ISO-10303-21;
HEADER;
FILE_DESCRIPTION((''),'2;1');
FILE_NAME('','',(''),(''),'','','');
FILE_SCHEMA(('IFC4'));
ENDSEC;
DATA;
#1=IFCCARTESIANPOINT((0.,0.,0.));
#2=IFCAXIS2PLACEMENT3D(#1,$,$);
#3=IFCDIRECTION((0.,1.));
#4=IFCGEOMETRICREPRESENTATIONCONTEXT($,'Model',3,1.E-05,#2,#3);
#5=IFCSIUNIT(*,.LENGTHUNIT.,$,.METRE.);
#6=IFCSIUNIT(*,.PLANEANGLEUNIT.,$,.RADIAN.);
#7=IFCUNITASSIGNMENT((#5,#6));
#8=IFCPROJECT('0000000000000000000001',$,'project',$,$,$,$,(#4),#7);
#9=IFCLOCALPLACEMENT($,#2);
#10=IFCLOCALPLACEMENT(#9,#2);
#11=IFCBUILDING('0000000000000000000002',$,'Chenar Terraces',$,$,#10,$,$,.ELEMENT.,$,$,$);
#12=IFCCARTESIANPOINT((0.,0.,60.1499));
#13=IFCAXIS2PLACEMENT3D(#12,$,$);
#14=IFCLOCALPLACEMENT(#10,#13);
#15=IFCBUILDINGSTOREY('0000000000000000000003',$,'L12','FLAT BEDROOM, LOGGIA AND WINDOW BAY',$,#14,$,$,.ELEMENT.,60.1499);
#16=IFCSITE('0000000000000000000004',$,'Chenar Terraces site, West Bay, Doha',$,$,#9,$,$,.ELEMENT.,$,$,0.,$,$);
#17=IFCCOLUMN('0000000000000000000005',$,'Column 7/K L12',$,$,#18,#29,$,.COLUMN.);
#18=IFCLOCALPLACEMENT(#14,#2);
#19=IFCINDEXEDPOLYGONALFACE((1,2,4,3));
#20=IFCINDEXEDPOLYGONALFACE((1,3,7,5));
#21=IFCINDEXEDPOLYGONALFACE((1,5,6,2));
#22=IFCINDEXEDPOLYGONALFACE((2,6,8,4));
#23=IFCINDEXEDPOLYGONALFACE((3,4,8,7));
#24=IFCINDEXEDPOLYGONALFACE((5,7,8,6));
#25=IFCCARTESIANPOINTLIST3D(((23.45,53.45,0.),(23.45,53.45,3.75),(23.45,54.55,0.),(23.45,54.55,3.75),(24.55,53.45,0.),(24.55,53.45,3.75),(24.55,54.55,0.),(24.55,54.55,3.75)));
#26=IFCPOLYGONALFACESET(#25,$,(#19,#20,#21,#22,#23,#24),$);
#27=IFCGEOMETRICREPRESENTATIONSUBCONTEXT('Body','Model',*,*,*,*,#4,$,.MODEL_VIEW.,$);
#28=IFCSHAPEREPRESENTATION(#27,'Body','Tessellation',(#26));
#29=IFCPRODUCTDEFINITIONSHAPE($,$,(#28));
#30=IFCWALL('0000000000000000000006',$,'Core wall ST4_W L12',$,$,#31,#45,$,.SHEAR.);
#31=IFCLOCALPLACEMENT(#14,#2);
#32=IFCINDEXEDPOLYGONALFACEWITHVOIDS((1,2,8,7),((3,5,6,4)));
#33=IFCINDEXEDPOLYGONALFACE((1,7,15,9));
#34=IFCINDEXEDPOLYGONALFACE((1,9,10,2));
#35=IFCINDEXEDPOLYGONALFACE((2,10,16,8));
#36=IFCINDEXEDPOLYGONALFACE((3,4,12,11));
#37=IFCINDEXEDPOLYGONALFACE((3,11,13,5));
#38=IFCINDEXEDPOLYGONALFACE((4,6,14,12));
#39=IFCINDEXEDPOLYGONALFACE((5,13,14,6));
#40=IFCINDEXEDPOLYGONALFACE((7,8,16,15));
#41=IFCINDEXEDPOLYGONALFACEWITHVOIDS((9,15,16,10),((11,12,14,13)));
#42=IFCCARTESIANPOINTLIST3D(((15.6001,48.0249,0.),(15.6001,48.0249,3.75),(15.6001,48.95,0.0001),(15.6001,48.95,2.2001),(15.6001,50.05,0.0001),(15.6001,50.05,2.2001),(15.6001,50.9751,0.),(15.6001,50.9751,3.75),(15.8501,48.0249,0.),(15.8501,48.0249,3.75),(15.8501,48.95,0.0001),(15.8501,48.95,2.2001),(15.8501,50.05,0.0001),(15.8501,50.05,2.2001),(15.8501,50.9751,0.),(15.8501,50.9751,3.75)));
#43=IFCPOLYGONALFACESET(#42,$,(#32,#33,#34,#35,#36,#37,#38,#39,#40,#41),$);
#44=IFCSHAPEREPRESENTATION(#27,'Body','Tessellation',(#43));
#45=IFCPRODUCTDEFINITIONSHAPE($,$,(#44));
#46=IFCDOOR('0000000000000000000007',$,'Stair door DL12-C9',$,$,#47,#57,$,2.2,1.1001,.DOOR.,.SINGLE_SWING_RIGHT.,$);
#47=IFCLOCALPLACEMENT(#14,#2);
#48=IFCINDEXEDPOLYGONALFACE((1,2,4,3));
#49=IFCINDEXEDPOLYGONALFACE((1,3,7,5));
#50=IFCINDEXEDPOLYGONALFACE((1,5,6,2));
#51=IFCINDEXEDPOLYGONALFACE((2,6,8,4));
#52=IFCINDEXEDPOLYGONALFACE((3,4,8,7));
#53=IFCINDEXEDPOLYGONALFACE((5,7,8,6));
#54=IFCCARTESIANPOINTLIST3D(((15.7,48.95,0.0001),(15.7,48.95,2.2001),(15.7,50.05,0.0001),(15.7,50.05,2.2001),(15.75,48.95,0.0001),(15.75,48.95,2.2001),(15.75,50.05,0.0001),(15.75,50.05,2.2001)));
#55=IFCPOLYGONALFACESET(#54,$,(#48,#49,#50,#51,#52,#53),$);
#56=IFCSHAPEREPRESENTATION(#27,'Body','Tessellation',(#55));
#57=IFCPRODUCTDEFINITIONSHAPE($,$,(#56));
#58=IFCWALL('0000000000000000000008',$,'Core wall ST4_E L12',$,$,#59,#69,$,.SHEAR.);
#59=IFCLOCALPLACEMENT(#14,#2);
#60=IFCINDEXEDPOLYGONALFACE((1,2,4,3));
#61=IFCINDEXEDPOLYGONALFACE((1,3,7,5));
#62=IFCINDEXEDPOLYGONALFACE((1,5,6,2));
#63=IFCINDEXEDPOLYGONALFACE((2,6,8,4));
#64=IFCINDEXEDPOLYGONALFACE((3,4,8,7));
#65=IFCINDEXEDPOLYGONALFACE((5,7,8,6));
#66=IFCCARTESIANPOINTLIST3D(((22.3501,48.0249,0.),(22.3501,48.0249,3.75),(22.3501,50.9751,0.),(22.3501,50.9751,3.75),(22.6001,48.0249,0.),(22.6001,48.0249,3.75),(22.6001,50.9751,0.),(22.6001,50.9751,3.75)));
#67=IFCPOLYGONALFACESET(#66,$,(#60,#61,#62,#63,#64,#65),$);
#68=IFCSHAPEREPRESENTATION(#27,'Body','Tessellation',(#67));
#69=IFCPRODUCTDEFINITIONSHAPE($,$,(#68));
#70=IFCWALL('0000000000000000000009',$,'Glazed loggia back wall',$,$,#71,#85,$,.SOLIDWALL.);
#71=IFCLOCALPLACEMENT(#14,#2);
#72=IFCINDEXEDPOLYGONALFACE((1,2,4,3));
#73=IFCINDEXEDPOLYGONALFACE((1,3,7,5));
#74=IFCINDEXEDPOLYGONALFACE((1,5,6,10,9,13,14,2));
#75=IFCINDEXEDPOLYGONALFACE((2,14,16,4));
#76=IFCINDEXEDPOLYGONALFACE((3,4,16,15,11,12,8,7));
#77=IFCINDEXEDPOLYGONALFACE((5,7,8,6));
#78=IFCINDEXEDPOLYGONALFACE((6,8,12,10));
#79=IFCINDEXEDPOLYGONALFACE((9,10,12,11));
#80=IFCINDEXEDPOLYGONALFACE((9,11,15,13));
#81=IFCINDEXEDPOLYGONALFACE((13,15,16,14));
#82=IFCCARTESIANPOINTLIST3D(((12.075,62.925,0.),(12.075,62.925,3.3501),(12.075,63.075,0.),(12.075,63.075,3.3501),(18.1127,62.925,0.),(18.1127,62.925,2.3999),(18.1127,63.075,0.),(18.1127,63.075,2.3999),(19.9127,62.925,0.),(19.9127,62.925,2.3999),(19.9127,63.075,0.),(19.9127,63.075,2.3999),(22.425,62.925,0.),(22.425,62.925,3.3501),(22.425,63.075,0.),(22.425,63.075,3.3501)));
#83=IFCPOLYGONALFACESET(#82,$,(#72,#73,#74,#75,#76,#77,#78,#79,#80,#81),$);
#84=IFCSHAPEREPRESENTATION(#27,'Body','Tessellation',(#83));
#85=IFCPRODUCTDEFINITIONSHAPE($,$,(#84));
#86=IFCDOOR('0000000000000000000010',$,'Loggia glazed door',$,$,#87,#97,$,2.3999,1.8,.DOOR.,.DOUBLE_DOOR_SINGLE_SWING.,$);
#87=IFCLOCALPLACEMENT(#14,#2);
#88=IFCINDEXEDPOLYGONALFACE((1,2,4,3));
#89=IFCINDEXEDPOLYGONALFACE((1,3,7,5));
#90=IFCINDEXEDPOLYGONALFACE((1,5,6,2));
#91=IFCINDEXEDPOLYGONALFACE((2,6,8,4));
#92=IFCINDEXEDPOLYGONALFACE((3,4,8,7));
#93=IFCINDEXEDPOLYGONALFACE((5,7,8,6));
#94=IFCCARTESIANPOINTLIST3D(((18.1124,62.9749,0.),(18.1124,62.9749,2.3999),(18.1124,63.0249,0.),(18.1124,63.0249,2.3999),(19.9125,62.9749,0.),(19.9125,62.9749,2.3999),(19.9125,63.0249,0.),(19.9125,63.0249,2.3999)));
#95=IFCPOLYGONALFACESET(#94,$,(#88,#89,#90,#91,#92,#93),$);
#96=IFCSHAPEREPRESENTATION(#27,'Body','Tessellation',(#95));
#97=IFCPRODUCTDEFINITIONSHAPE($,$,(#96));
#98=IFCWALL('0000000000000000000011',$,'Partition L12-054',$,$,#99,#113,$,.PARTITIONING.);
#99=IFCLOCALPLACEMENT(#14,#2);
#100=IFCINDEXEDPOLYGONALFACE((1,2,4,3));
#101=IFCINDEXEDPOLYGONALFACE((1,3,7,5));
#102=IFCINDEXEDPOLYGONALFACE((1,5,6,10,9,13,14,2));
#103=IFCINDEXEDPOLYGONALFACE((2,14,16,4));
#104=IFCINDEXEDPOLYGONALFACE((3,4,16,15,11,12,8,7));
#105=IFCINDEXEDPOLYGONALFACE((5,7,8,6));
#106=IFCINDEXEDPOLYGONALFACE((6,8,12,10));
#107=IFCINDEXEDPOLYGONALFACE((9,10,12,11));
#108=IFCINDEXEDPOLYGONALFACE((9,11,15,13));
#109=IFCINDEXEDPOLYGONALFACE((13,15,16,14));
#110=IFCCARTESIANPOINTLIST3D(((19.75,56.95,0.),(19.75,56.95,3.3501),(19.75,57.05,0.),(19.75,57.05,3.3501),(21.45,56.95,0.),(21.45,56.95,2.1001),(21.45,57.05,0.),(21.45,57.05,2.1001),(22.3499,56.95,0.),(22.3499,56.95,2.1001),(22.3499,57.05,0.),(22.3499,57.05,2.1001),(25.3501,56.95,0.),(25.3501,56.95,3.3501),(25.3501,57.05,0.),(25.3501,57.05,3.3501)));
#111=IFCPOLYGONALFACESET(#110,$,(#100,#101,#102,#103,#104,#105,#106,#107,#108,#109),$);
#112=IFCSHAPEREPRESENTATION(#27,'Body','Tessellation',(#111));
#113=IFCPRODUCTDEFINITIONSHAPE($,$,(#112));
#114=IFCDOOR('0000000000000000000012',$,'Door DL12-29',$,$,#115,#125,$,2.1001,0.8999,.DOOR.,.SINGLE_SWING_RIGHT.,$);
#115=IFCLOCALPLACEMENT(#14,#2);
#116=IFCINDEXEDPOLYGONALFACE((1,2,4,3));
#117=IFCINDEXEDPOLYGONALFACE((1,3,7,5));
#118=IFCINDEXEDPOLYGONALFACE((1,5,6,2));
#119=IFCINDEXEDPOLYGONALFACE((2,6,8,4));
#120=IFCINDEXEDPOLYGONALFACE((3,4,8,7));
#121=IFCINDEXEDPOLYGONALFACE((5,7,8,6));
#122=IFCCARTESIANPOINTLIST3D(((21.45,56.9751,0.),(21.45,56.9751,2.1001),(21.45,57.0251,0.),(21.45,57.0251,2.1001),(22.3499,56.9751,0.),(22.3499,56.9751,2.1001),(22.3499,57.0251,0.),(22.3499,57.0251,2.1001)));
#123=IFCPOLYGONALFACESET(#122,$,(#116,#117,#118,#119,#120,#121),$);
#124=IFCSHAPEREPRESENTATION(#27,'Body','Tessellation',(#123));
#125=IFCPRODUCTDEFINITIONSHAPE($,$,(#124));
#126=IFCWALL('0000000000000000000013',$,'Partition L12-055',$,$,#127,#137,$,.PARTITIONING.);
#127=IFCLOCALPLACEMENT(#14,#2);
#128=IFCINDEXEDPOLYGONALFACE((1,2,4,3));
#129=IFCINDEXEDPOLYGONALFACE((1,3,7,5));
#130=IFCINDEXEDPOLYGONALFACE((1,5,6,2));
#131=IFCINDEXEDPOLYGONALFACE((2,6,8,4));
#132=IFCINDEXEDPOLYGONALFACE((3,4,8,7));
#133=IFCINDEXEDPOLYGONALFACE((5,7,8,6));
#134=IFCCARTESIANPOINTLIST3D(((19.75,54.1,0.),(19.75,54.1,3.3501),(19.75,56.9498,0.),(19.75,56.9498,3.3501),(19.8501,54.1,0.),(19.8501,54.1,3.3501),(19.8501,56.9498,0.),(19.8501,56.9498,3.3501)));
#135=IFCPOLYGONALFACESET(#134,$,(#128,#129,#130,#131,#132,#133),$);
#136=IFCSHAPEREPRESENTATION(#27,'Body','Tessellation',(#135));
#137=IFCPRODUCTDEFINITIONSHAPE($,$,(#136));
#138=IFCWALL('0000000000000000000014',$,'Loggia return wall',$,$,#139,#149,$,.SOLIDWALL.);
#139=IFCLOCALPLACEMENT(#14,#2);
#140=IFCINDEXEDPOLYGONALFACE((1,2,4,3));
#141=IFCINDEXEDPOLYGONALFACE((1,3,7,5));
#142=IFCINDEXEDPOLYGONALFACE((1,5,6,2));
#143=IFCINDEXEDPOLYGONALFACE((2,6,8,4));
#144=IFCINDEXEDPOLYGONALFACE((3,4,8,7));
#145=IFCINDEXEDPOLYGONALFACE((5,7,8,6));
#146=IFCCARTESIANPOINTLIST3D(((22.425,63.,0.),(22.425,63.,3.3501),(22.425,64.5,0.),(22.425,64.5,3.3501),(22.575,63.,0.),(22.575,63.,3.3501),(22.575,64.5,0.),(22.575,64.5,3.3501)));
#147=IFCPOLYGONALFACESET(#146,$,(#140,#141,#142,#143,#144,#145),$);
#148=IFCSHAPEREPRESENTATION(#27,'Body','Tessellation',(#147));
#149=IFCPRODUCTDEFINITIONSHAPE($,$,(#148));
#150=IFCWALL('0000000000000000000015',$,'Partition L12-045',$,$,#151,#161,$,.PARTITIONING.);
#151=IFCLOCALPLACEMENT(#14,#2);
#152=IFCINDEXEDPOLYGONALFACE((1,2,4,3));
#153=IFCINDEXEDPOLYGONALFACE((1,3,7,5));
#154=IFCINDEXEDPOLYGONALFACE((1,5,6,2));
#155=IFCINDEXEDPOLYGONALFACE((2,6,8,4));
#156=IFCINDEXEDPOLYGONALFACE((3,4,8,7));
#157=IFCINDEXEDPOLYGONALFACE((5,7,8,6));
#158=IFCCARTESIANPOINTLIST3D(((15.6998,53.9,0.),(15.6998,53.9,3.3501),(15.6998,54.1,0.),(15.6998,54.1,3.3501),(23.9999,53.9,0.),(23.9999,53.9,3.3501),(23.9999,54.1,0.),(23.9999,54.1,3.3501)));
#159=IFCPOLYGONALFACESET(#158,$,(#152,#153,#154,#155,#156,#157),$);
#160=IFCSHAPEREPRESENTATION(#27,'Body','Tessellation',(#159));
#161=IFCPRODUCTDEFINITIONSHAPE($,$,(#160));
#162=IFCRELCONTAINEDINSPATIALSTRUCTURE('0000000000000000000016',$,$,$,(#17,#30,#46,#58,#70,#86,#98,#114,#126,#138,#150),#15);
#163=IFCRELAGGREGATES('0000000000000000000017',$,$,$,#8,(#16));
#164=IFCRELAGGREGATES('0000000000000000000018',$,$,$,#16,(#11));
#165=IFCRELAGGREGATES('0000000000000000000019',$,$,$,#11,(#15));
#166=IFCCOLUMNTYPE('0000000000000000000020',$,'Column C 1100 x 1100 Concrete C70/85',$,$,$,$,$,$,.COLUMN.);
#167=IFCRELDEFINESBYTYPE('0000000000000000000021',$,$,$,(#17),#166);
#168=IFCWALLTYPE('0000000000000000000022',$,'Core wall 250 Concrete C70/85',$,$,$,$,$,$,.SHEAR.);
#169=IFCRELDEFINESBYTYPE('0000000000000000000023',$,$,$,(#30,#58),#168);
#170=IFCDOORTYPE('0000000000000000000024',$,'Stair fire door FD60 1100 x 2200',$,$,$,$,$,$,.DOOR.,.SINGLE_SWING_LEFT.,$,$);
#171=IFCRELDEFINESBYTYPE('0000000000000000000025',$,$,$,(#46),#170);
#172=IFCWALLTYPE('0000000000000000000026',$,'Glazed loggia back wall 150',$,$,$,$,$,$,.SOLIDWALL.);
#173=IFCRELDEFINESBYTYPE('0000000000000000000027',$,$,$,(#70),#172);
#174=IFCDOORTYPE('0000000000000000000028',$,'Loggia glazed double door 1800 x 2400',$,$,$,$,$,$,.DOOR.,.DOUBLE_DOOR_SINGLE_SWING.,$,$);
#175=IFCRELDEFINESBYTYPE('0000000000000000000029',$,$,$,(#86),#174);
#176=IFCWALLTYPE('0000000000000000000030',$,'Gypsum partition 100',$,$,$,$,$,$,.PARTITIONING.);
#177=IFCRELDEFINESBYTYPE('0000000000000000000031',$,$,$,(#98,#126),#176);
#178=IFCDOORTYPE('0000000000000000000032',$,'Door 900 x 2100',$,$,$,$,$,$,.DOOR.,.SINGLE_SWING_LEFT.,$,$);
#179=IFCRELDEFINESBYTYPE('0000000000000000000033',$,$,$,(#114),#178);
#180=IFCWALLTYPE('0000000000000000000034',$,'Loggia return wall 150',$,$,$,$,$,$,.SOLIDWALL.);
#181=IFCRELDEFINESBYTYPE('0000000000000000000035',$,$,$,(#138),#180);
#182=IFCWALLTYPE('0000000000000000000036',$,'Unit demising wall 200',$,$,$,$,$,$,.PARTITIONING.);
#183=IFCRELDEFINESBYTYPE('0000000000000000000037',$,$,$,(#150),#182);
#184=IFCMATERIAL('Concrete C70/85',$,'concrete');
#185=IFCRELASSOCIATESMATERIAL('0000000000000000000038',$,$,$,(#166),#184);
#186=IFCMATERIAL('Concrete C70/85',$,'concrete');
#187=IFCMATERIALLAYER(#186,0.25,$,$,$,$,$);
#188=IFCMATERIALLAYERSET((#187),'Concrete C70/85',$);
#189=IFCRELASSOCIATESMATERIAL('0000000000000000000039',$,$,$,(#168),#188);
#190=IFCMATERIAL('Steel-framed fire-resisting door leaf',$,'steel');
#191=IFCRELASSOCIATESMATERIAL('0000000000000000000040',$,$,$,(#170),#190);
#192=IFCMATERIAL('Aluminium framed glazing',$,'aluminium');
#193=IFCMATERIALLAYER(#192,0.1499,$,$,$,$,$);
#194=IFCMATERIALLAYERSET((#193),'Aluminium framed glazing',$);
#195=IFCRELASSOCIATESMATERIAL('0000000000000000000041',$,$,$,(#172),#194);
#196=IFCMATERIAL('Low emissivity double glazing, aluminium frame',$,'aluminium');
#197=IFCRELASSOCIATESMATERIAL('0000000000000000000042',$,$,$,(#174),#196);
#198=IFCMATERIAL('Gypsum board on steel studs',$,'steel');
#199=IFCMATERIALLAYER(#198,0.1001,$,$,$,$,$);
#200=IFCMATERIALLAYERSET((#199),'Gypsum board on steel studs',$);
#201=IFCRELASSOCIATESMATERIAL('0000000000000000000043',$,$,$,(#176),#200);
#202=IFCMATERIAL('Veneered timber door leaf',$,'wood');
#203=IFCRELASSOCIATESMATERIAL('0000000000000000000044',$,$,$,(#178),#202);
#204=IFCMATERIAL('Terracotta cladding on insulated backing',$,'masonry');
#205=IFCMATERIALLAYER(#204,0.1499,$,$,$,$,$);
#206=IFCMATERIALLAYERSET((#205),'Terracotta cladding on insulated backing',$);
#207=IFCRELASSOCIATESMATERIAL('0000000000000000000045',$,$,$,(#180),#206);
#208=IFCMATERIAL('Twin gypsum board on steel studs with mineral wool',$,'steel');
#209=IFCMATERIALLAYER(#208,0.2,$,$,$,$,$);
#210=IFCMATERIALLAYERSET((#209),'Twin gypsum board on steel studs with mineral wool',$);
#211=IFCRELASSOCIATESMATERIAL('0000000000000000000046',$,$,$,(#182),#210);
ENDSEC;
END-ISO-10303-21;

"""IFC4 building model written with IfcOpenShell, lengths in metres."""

from ifc_helpers import new_model, si_unit, direction, frame, frame_2d, origin, origin_2d, place, context, subcontext, project, spatial, rectangle, extrude, material, layer, layer_set, material_profile, profile_set, type_object, element, fill, save


model = new_model("IFC4")

# Units and contexts
model_context = context("Model", 3, precision=1e-05, world=origin(), true_north=direction((0.0, 1.0)))
body_context = subcontext(model_context, "Body", "Model", "MODEL_VIEW")
ifc_project = project(units=[si_unit("LENGTHUNIT", "METRE"), si_unit("PLANEANGLEUNIT", "RADIAN")], contexts=[model_context])

# Site, building, storey
site_placement = place(None, origin())
site = spatial("IfcSite", under=ifc_project, at=site_placement, Name="Chenar Terraces site, West Bay, Doha", CompositionType="ELEMENT", RefElevation=0.0)
building_placement = place(site_placement, origin())
building = spatial("IfcBuilding", under=site, at=building_placement, Name="Chenar Terraces", CompositionType="ELEMENT")
storey_placement = place(building_placement, frame((0.0, 0.0, 60.1499)))
storey = spatial("IfcBuildingStorey", under=building, at=storey_placement, Name="L12", Description="FLAT BEDROOM, LOGGIA AND WINDOW BAY", CompositionType="ELEMENT", Elevation=60.1499)

# Column
ifc_material_1 = material(Name="Concrete C70/85", Category="concrete")
ifc_material_profile = material_profile(ifc_material_1, rectangle(XDim=1.1001, YDim=1.1001, at=origin_2d()), Name="C 1100 x 1100")
ifc_profile_set = profile_set([ifc_material_profile], Name="Concrete C70/85")
column_type = type_object("IfcColumnType", Name="Column C 1100 x 1100 Concrete C70/85", PredefinedType="COLUMN", material=ifc_profile_set)
column_placement = place(storey_placement, frame((24.0, 54.0, 0.0), z_axis=(0.0, 0.0, 1.0), x_axis=(1.0, 0.0, 0.0)))
element("IfcColumn", 1, at=column_placement, inside=storey, type_object=column_type, Name="Column 7/K L12", PredefinedType="COLUMN", context=body_context, shape_type="SweptSolid", body=[
    extrude(rectangle(XDim=1.1001, YDim=1.1001, at=origin_2d()), origin(), (0.0, 0.0, 1.0), 3.75),
])

# Wall, opening, door
ifc_material_2 = material(Name="Concrete C70/85", Category="concrete")
ifc_layer_1 = layer(ifc_material_2, 0.25)
ifc_layer_set_1 = layer_set([ifc_layer_1], Name="Concrete C70/85")
wall_type_1 = type_object("IfcWallType", Name="Core wall 250 Concrete C70/85", PredefinedType="SHEAR", material=ifc_layer_set_1)
wall_1_placement = place(storey_placement, frame((15.7251, 48.0249, 0.0), z_axis=(0.0, 0.0, 1.0), x_axis=(0.0, 1.0, 0.0)))
wall_1 = element("IfcWall", 2, at=wall_1_placement, inside=storey, type_object=wall_type_1, Name="Core wall ST4_W L12", PredefinedType="SHEAR", context=body_context, shape_type="SweptSolid", body=[
    extrude(rectangle(XDim=2.9502, YDim=0.25, at=frame_2d((1.4751, 0.0))), origin(), (0.0, 0.0, 1.0), 3.75),
])
opening_1_placement = place(wall_1_placement, frame((0.925, 0.0, 0.0)))
opening_1 = element("IfcOpeningElement", 3, at=opening_1_placement, cuts=wall_1, PredefinedType="OPENING", context=body_context, shape_type="SweptSolid", body=[
    extrude(rectangle(XDim=1.1001, YDim=2.2, at=frame_2d((0.55, 1.1001))), frame((0.0, 0.135, 0.0), z_axis=(0.0, -1.0, 0.0), x_axis=(1.0, 0.0, 0.0)), (0.0, 0.0, 1.0), 0.27),
])
ifc_material_3 = material(Name="Steel-framed fire-resisting door leaf", Category="steel")
door_type_1 = type_object("IfcDoorType", Name="Stair fire door FD60 1100 x 2200", OperationType="SINGLE_SWING_LEFT", PredefinedType="DOOR", material=ifc_material_3)
door_1_placement = place(opening_1_placement, frame((1.1001, 0.0, 0.0), z_axis=(0.0, 0.0, 1.0), x_axis=(-1.0, 0.0, 0.0)))
door_1 = element("IfcDoor", 4, at=door_1_placement, inside=storey, type_object=door_type_1, Name="Stair door DL12-C9", OperationType="SINGLE_SWING_RIGHT", OverallHeight=2.2, OverallWidth=1.1001, PredefinedType="DOOR", context=body_context, shape_type="SweptSolid", body=[
    extrude(rectangle(XDim=1.1001, YDim=2.2, at=frame_2d((0.55, 1.1001))), frame((0.0, 0.0249, 0.0), z_axis=(0.0, -1.0, 0.0), x_axis=(1.0, 0.0, 0.0)), (0.0, 0.0, 1.0), 0.05),
])
fill(opening_1, door_1)

# Wall
wall_2_placement = place(storey_placement, frame((22.4751, 48.0249, 0.0), z_axis=(0.0, 0.0, 1.0), x_axis=(0.0, 1.0, 0.0)))
element("IfcWall", 5, at=wall_2_placement, inside=storey, type_object=wall_type_1, Name="Core wall ST4_E L12", PredefinedType="SHEAR", context=body_context, shape_type="SweptSolid", body=[
    extrude(rectangle(XDim=2.9502, YDim=0.25, at=frame_2d((1.4751, 0.0))), origin(), (0.0, 0.0, 1.0), 3.75),
])

# Walls, openings, doors
ifc_material_4 = material(Name="Aluminium framed glazing", Category="aluminium")
ifc_layer_2 = layer(ifc_material_4, 0.1499)
ifc_layer_set_2 = layer_set([ifc_layer_2], Name="Aluminium framed glazing")
wall_type_2 = type_object("IfcWallType", Name="Glazed loggia back wall 150", PredefinedType="SOLIDWALL", material=ifc_layer_set_2)
wall_3_placement = place(storey_placement, frame((22.425, 63.0, 0.0), z_axis=(0.0, 0.0, 1.0), x_axis=(-1.0, 0.0, 0.0)))
wall_3 = element("IfcWall", 6, at=wall_3_placement, inside=storey, type_object=wall_type_2, Name="Glazed loggia back wall", PredefinedType="SOLIDWALL", context=body_context, shape_type="SweptSolid", body=[
    extrude(rectangle(XDim=10.3501, YDim=0.1499, at=frame_2d((5.175, 0.0))), origin(), (0.0, 0.0, 1.0), 3.3501),
])
opening_2_placement = place(wall_3_placement, frame((2.5125, 0.0, 0.0)))
opening_2 = element("IfcOpeningElement", 7, at=opening_2_placement, cuts=wall_3, PredefinedType="OPENING", context=body_context, shape_type="SweptSolid", body=[
    extrude(rectangle(XDim=1.8, YDim=2.3999, at=frame_2d((0.8999, 1.2))), frame((0.0, 0.085, 0.0), z_axis=(0.0, -1.0, 0.0), x_axis=(1.0, 0.0, 0.0)), (0.0, 0.0, 1.0), 0.1699),
])
ifc_material_5 = material(Name="Low emissivity double glazing, aluminium frame", Category="aluminium")
door_type_2 = type_object("IfcDoorType", Name="Loggia glazed double door 1800 x 2400", OperationType="DOUBLE_DOOR_SINGLE_SWING", PredefinedType="DOOR", material=ifc_material_5)
door_2_placement = place(opening_2_placement, frame((1.8, 0.0, 0.0), z_axis=(0.0, 0.0, 1.0), x_axis=(-1.0, 0.0, 0.0)))
door_2 = element("IfcDoor", 8, at=door_2_placement, inside=storey, type_object=door_type_2, Name="Loggia glazed door", OperationType="DOUBLE_DOOR_SINGLE_SWING", OverallHeight=2.3999, OverallWidth=1.8, PredefinedType="DOOR", context=body_context, shape_type="SweptSolid", body=[
    extrude(rectangle(XDim=1.8, YDim=2.3999, at=frame_2d((0.8999, 1.2))), frame((0.0, 0.0249, 0.0), z_axis=(0.0, -1.0, 0.0), x_axis=(1.0, 0.0, 0.0)), (0.0, 0.0, 1.0), 0.05),
])
fill(opening_2, door_2)
ifc_material_6 = material(Name="Gypsum board on steel studs", Category="steel")
ifc_layer_3 = layer(ifc_material_6, 0.1001)
ifc_layer_set_3 = layer_set([ifc_layer_3], Name="Gypsum board on steel studs")
wall_type_3 = type_object("IfcWallType", Name="Gypsum partition 100", PredefinedType="PARTITIONING", material=ifc_layer_set_3)
wall_4_placement = place(storey_placement, frame((19.75, 57.0, 0.0), z_axis=(0.0, 0.0, 1.0), x_axis=(1.0, 0.0, 0.0)))
wall_4 = element("IfcWall", 9, at=wall_4_placement, inside=storey, type_object=wall_type_3, Name="Partition L12-054", PredefinedType="PARTITIONING", context=body_context, shape_type="SweptSolid", body=[
    extrude(rectangle(XDim=5.6001, YDim=0.1001, at=frame_2d((2.8, 0.0))), origin(), (0.0, 0.0, 1.0), 3.3501),
])
opening_3_placement = place(wall_4_placement, frame((1.7, 0.0, 0.0)))
opening_3 = element("IfcOpeningElement", 10, at=opening_3_placement, cuts=wall_4, PredefinedType="OPENING", context=body_context, shape_type="SweptSolid", body=[
    extrude(rectangle(XDim=0.8999, YDim=2.1001, at=frame_2d((0.45, 1.05))), frame((0.0, 0.0601, 0.0), z_axis=(0.0, -1.0, 0.0), x_axis=(1.0, 0.0, 0.0)), (0.0, 0.0, 1.0), 0.1201),
])
ifc_material_7 = material(Name="Veneered timber door leaf", Category="wood")
door_type_3 = type_object("IfcDoorType", Name="Door 900 x 2100", OperationType="SINGLE_SWING_LEFT", PredefinedType="DOOR", material=ifc_material_7)
door_3_placement = place(opening_3_placement, frame((0.8999, 0.0, 0.0), z_axis=(0.0, 0.0, 1.0), x_axis=(-1.0, 0.0, 0.0)))
door_3 = element("IfcDoor", 11, at=door_3_placement, inside=storey, type_object=door_type_3, Name="Door DL12-29", OperationType="SINGLE_SWING_RIGHT", OverallHeight=2.1001, OverallWidth=0.8999, PredefinedType="DOOR", context=body_context, shape_type="SweptSolid", body=[
    extrude(rectangle(XDim=0.8999, YDim=2.1001, at=frame_2d((0.45, 1.05))), frame((0.0, 0.0249, 0.0), z_axis=(0.0, -1.0, 0.0), x_axis=(1.0, 0.0, 0.0)), (0.0, 0.0, 1.0), 0.05),
])
fill(opening_3, door_3)

# Walls
wall_5_placement = place(storey_placement, frame((19.8, 54.1001, 0.0), z_axis=(0.0, 0.0, 1.0), x_axis=(0.0, 1.0, 0.0)))
element("IfcWall", 12, at=wall_5_placement, inside=storey, type_object=wall_type_3, Name="Partition L12-055", PredefinedType="PARTITIONING", context=body_context, shape_type="SweptSolid", body=[
    extrude(rectangle(XDim=2.8499, YDim=0.1001, at=frame_2d((1.4248, 0.0))), origin(), (0.0, 0.0, 1.0), 3.3501),
])
ifc_material_8 = material(Name="Terracotta cladding on insulated backing", Category="masonry")
ifc_layer_4 = layer(ifc_material_8, 0.1499)
ifc_layer_set_4 = layer_set([ifc_layer_4], Name="Terracotta cladding on insulated backing")
wall_type_4 = type_object("IfcWallType", Name="Loggia return wall 150", PredefinedType="SOLIDWALL", material=ifc_layer_set_4)
wall_6_placement = place(storey_placement, frame((22.5, 64.5, 0.0), z_axis=(0.0, 0.0, 1.0), x_axis=(0.0, -1.0, 0.0)))
element("IfcWall", 13, at=wall_6_placement, inside=storey, type_object=wall_type_4, Name="Loggia return wall", PredefinedType="SOLIDWALL", context=body_context, shape_type="SweptSolid", body=[
    extrude(rectangle(XDim=1.5, YDim=0.1499, at=frame_2d((0.75, 0.0))), origin(), (0.0, 0.0, 1.0), 3.3501),
])
ifc_material_9 = material(Name="Twin gypsum board on steel studs with mineral wool", Category="steel")
ifc_layer_5 = layer(ifc_material_9, 0.2)
ifc_layer_set_5 = layer_set([ifc_layer_5], Name="Twin gypsum board on steel studs with mineral wool")
wall_type_5 = type_object("IfcWallType", Name="Unit demising wall 200", PredefinedType="PARTITIONING", material=ifc_layer_set_5)
wall_7_placement = place(storey_placement, frame((15.7, 54.0, 0.0), z_axis=(0.0, 0.0, 1.0), x_axis=(1.0, 0.0, 0.0)))
element("IfcWall", 14, at=wall_7_placement, inside=storey, type_object=wall_type_5, Name="Partition L12-045", PredefinedType="PARTITIONING", context=body_context, shape_type="SweptSolid", body=[
    extrude(rectangle(XDim=8.3, YDim=0.2, at=frame_2d((4.1499, 0.0))), origin(), (0.0, 0.0, 1.0), 3.3501),
])

save(model, "model.ifc")
